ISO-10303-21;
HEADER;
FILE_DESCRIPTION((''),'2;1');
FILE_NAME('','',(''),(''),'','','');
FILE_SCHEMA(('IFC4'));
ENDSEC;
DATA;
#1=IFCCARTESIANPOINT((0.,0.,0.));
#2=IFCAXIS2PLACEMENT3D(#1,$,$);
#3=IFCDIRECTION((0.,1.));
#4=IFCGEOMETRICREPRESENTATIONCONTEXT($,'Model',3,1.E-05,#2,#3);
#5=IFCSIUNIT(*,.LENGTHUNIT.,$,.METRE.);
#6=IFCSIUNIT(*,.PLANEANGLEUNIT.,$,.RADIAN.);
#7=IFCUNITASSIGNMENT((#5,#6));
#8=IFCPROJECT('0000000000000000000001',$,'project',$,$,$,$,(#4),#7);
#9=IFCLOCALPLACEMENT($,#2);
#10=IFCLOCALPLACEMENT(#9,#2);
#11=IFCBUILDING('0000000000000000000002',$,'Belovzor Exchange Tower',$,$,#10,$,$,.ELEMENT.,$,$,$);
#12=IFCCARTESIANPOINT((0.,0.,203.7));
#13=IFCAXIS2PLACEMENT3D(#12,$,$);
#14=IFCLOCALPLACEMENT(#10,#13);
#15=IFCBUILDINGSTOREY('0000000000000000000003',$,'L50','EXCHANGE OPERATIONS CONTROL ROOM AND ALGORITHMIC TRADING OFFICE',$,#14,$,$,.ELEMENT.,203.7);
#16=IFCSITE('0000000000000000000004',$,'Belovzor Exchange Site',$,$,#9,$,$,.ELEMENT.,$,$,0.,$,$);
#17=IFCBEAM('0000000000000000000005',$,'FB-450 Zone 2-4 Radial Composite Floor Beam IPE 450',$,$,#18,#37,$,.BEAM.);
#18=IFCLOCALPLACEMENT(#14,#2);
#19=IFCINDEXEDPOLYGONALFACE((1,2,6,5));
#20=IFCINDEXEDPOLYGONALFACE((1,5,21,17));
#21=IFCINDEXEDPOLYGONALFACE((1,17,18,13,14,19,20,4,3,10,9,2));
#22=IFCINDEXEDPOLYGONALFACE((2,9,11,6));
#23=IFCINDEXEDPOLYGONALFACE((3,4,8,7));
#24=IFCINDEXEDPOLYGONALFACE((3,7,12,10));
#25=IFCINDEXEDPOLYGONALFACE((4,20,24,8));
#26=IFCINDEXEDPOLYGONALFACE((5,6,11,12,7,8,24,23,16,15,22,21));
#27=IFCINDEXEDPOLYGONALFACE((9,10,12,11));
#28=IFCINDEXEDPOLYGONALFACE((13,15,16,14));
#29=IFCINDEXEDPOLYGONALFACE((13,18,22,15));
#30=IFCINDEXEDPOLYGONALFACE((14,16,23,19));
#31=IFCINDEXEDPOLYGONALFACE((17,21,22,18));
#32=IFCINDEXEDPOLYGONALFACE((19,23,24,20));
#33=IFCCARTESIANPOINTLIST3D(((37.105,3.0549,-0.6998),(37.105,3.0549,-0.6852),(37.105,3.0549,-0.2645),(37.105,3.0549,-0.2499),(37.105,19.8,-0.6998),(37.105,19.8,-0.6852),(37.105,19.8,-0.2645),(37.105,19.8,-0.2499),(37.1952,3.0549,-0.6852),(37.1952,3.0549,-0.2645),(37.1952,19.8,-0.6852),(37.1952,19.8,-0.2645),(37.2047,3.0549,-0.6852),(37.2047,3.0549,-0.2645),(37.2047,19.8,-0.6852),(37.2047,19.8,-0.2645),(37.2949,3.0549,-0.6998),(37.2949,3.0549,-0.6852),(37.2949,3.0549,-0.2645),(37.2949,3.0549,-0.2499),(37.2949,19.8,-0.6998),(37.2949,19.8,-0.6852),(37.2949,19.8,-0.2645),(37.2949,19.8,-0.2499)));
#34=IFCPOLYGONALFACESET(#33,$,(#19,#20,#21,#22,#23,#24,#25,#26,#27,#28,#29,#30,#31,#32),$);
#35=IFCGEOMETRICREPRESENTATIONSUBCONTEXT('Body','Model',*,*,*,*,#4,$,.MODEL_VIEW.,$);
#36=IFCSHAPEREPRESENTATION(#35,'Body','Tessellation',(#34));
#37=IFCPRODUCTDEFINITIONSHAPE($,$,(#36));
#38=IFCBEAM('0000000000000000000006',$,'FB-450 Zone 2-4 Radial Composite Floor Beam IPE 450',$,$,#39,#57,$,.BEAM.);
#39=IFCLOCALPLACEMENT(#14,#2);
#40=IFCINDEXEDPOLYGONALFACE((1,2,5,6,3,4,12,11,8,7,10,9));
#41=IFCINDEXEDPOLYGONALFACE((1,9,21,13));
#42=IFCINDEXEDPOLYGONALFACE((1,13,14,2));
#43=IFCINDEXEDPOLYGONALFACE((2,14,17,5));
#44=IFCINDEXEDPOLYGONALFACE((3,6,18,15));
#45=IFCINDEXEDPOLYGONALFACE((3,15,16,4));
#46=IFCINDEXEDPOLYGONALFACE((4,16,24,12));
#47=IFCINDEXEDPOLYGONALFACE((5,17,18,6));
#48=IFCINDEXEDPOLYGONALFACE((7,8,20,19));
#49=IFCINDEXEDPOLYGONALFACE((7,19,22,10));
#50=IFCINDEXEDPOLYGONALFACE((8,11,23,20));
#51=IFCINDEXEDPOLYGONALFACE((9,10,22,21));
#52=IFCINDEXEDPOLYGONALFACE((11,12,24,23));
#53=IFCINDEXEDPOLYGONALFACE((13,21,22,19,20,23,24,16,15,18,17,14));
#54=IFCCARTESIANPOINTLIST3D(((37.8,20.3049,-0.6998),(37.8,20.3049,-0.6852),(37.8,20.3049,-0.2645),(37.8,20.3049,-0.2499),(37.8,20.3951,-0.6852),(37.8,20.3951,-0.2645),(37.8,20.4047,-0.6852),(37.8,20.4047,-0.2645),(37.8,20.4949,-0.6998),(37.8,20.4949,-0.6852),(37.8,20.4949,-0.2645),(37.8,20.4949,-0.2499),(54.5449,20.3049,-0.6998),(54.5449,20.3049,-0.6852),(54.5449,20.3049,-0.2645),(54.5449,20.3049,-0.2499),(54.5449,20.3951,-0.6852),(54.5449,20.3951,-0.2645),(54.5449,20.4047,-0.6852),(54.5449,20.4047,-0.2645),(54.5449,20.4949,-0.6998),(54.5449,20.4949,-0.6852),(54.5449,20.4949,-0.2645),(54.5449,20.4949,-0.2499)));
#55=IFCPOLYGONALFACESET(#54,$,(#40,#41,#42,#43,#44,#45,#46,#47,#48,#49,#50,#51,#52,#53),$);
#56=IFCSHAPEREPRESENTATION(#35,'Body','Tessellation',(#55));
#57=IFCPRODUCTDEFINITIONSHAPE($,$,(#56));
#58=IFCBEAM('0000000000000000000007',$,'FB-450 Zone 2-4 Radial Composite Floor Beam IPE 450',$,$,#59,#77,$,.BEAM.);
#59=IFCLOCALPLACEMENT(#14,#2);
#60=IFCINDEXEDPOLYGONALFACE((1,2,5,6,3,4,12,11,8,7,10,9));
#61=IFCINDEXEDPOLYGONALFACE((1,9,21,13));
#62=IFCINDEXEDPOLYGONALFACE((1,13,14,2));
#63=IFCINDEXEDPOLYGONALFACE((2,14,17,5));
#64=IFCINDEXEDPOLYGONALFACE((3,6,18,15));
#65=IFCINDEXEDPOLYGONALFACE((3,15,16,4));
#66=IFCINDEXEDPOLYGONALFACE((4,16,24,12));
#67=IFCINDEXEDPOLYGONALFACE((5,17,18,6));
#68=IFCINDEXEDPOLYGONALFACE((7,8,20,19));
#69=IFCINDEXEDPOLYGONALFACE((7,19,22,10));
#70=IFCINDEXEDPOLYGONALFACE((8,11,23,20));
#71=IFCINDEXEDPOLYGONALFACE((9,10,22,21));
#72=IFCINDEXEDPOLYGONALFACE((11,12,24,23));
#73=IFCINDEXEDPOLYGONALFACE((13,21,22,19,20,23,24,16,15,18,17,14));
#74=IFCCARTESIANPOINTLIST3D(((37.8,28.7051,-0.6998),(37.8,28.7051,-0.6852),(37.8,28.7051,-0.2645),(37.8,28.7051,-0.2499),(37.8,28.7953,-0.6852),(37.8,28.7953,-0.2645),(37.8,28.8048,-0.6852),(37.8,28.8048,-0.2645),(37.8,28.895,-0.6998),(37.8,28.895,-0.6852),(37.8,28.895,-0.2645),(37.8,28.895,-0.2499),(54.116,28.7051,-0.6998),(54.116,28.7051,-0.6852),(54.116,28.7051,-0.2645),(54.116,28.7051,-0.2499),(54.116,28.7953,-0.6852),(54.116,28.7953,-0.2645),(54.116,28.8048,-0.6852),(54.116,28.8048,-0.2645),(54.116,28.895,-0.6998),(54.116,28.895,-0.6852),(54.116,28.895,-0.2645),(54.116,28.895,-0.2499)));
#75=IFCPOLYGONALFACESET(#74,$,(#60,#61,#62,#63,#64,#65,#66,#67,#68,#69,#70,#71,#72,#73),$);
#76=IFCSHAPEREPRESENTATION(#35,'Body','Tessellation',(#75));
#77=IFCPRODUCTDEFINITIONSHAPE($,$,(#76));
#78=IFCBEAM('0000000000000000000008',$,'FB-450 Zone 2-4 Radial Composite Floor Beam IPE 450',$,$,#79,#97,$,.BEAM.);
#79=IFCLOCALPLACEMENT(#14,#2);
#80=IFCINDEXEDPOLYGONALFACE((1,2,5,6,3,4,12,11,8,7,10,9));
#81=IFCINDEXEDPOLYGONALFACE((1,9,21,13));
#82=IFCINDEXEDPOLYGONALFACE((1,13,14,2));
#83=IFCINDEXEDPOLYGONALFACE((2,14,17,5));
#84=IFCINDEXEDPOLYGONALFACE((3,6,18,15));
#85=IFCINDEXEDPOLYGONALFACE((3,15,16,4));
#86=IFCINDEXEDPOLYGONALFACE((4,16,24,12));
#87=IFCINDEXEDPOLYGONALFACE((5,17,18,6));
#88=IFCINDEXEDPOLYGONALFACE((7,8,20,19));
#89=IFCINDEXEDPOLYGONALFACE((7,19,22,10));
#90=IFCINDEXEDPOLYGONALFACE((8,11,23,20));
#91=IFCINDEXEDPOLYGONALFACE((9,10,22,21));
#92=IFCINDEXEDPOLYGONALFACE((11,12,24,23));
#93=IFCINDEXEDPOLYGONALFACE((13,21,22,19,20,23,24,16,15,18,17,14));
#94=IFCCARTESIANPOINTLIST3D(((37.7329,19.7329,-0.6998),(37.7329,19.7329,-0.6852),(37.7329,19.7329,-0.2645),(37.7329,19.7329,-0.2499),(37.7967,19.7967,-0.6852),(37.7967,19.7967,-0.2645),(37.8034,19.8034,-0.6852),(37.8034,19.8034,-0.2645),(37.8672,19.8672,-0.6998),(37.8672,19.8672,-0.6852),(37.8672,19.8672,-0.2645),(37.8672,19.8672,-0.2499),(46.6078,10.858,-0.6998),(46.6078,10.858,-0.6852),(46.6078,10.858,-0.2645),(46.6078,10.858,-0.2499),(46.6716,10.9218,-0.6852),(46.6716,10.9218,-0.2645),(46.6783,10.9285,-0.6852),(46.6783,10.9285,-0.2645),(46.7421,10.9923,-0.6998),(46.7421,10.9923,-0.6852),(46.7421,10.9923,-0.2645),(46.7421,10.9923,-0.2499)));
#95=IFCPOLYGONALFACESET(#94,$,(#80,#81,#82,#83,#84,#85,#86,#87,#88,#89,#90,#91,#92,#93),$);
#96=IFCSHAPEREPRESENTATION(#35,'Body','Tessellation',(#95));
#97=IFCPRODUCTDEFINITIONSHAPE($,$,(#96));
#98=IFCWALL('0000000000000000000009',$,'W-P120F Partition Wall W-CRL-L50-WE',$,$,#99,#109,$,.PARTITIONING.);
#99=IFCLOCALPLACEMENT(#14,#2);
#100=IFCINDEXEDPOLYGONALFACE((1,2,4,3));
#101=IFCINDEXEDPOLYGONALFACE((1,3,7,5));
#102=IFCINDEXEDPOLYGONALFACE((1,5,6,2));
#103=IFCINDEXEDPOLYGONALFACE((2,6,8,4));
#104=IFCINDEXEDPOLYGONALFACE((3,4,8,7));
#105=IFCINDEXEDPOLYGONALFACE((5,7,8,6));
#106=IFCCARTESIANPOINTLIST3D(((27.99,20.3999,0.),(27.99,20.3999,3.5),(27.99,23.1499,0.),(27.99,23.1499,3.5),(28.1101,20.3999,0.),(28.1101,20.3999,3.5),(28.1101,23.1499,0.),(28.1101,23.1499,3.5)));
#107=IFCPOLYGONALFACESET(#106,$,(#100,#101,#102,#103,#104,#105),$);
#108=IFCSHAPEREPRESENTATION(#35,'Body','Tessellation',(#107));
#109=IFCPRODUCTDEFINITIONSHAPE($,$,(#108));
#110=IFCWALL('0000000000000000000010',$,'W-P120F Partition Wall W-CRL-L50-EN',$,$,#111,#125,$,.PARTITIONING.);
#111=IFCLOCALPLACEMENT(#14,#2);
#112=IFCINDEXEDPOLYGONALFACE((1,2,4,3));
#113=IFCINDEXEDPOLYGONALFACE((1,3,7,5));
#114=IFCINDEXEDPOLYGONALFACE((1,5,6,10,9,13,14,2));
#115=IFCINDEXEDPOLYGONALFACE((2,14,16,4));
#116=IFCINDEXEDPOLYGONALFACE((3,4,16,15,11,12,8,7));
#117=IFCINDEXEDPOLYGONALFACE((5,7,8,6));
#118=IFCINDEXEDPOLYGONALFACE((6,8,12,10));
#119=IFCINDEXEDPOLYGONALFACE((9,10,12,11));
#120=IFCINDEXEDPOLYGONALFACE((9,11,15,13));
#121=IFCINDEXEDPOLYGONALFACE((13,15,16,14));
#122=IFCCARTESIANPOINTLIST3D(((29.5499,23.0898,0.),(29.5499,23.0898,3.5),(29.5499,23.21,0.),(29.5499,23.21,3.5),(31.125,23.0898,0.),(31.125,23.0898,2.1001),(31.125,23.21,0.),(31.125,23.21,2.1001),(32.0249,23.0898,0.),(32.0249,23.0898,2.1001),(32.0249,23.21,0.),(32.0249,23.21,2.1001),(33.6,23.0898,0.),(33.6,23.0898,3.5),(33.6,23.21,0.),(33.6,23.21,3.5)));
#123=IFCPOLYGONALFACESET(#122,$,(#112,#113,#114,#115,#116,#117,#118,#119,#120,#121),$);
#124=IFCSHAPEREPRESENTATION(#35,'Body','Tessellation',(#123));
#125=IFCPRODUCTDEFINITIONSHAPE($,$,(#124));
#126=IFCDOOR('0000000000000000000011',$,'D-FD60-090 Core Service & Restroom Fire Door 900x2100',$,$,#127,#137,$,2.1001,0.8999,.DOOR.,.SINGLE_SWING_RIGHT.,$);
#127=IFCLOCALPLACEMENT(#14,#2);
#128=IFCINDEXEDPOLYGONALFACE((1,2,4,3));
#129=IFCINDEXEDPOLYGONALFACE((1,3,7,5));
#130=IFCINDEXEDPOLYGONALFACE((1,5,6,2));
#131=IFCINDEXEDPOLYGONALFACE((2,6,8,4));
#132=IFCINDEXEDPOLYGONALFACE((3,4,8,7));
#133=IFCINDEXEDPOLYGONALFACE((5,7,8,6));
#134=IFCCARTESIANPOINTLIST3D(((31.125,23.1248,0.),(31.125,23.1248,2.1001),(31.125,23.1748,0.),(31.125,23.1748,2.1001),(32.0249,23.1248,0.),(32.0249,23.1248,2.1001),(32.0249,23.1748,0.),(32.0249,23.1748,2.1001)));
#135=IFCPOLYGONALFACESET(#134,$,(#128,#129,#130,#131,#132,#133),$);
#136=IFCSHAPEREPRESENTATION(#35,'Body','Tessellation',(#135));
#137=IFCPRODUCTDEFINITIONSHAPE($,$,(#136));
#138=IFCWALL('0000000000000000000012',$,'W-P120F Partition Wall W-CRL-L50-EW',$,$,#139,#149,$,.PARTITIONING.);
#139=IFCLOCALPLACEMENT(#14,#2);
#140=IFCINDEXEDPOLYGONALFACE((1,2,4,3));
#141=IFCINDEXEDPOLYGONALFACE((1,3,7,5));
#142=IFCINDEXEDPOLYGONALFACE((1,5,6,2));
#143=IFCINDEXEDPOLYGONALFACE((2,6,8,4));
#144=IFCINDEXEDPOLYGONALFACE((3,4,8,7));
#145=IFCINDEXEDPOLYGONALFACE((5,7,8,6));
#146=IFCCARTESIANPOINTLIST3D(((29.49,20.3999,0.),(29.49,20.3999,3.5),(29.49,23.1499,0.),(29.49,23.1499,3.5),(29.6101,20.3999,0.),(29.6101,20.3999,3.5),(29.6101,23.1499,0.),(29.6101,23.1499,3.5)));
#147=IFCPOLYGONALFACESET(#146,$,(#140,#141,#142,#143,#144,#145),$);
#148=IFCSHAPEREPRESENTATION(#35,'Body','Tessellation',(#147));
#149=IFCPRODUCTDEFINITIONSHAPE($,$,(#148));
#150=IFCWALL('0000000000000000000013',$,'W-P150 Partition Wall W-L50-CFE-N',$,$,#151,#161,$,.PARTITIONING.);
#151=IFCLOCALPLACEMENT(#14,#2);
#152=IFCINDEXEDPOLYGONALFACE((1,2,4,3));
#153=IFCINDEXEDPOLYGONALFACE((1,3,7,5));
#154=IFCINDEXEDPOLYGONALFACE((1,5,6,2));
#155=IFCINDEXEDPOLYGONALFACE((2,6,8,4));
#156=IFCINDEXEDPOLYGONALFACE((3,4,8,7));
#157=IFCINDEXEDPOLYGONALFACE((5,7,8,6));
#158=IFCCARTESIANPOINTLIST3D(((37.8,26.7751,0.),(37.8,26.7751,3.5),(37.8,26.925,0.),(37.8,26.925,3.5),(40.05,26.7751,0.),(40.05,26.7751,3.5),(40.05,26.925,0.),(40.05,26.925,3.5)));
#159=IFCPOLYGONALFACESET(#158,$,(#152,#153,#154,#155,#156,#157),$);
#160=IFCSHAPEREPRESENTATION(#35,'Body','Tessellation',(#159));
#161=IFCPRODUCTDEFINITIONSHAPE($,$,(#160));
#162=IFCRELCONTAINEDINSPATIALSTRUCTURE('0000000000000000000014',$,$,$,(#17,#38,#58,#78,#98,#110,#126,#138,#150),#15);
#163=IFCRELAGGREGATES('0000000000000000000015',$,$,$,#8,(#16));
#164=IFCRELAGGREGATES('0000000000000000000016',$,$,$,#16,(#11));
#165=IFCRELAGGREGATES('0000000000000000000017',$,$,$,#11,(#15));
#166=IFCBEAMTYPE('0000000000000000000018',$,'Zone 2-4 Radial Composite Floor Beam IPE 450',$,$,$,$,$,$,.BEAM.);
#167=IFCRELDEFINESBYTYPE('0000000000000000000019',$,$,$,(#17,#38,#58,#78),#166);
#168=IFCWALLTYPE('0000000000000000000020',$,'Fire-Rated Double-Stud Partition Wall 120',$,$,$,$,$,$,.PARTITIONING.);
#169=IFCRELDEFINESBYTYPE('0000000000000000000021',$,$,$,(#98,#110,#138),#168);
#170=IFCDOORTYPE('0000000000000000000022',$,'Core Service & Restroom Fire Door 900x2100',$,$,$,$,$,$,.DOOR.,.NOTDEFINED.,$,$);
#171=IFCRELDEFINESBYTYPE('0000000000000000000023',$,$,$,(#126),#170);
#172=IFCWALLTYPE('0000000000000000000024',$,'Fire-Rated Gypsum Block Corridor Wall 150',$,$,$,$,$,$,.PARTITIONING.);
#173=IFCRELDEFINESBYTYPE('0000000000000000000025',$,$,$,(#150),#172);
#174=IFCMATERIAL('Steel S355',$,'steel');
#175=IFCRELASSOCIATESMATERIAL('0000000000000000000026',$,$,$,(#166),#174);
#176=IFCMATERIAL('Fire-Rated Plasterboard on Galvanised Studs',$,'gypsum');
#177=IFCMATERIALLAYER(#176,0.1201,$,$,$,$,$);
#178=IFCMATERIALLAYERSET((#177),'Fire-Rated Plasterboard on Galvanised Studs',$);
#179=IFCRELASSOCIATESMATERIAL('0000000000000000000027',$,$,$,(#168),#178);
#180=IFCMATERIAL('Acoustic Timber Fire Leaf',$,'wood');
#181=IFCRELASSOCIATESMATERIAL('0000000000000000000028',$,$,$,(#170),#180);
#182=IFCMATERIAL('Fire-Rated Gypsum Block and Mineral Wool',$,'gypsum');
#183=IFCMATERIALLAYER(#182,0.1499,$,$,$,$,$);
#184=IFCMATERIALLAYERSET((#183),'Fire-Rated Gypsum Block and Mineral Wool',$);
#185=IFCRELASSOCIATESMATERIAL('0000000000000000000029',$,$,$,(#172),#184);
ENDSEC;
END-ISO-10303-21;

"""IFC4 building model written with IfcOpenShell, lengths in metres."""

from ifc_helpers import new_model, si_unit, direction, frame, frame_2d, origin, origin_2d, place, context, subcontext, project, spatial, rectangle, i_section, extrude, material, layer, layer_set, material_profile, profile_set, type_object, element, fill, save


model = new_model("IFC4")

# Units and contexts
model_context = context("Model", 3, precision=1e-05, world=origin(), true_north=direction((0.0, 1.0)))
body_context = subcontext(model_context, "Body", "Model", "MODEL_VIEW")
ifc_project = project(units=[si_unit("LENGTHUNIT", "METRE"), si_unit("PLANEANGLEUNIT", "RADIAN")], contexts=[model_context])

# Site, building, storey
site_placement = place(None, origin())
site = spatial("IfcSite", under=ifc_project, at=site_placement, Name="Belovzor Exchange Site", CompositionType="ELEMENT", RefElevation=0.0)
building_placement = place(site_placement, origin())
building = spatial("IfcBuilding", under=site, at=building_placement, Name="Belovzor Exchange Tower", CompositionType="ELEMENT")
storey_placement = place(building_placement, frame((0.0, 0.0, 203.7)))
storey = spatial("IfcBuildingStorey", under=building, at=storey_placement, Name="L50", Description="EXCHANGE OPERATIONS CONTROL ROOM AND ALGORITHMIC TRADING OFFICE", CompositionType="ELEMENT", Elevation=203.7)

# Beams
ifc_material_1 = material(Name="Steel S355", Category="steel")
ifc_material_profile = material_profile(ifc_material_1, i_section(OverallWidth=0.1899, OverallDepth=0.45, WebThickness=0.0095, FlangeThickness=0.0146, at=origin_2d()))
ifc_profile_set = profile_set([ifc_material_profile], Name="Steel S355")
beam_type = type_object("IfcBeamType", Name="Zone 2-4 Radial Composite Floor Beam IPE 450", PredefinedType="BEAM", material=ifc_profile_set)
beam_1_placement = place(storey_placement, frame((37.2, 19.8, -0.4749), z_axis=(0.0, -1.0, 0.0), x_axis=(1.0, 0.0, 0.0)))
element("IfcBeam", 1, at=beam_1_placement, inside=storey, type_object=beam_type, Name="FB-450 Zone 2-4 Radial Composite Floor Beam IPE 450", PredefinedType="BEAM", context=body_context, shape_type="SweptSolid", body=[
    extrude(i_section(OverallWidth=0.1899, OverallDepth=0.45, WebThickness=0.0095, FlangeThickness=0.0146, at=origin_2d()), origin(), (0.0, 0.0, 1.0), 16.7451),
])
beam_2_placement = place(storey_placement, frame((37.8, 20.3999, -0.4749), z_axis=(1.0, 0.0, 0.0), x_axis=(0.0, 1.0, 0.0)))
element("IfcBeam", 2, at=beam_2_placement, inside=storey, type_object=beam_type, Name="FB-450 Zone 2-4 Radial Composite Floor Beam IPE 450", PredefinedType="BEAM", context=body_context, shape_type="SweptSolid", body=[
    extrude(i_section(OverallWidth=0.1899, OverallDepth=0.45, WebThickness=0.0095, FlangeThickness=0.0146, at=origin_2d()), origin(), (0.0, 0.0, 1.0), 16.7449),
])
beam_3_placement = place(storey_placement, frame((37.8, 28.8, -0.4749), z_axis=(1.0, 0.0, 0.0), x_axis=(0.0, 1.0, 0.0)))
element("IfcBeam", 3, at=beam_3_placement, inside=storey, type_object=beam_type, Name="FB-450 Zone 2-4 Radial Composite Floor Beam IPE 450", PredefinedType="BEAM", context=body_context, shape_type="SweptSolid", body=[
    extrude(i_section(OverallWidth=0.1899, OverallDepth=0.45, WebThickness=0.0095, FlangeThickness=0.0146, at=origin_2d()), origin(), (0.0, 0.0, 1.0), 16.3159),
])
beam_4_placement = place(storey_placement, frame((37.8, 19.8, -0.4749), z_axis=(0.707107, -0.707107, 0.0), x_axis=(0.707107, 0.707107, 0.0)))
element("IfcBeam", 4, at=beam_4_placement, inside=storey, type_object=beam_type, Name="FB-450 Zone 2-4 Radial Composite Floor Beam IPE 450", PredefinedType="BEAM", context=body_context, shape_type="SweptSolid", body=[
    extrude(i_section(OverallWidth=0.1899, OverallDepth=0.45, WebThickness=0.0095, FlangeThickness=0.0146, at=origin_2d()), origin(), (0.0, 0.0, 1.0), 12.551),
])

# Wall
ifc_material_2 = material(Name="Fire-Rated Plasterboard on Galvanised Studs", Category="gypsum")
ifc_layer_1 = layer(ifc_material_2, 0.1201)
ifc_layer_set_1 = layer_set([ifc_layer_1], Name="Fire-Rated Plasterboard on Galvanised Studs")
wall_type_1 = type_object("IfcWallType", Name="Fire-Rated Double-Stud Partition Wall 120", PredefinedType="PARTITIONING", material=ifc_layer_set_1)
wall_1_placement = place(storey_placement, frame((28.05, 20.3999, 0.0), z_axis=(0.0, 0.0, 1.0), x_axis=(0.0, 1.0, 0.0)))
element("IfcWall", 5, at=wall_1_placement, inside=storey, type_object=wall_type_1, Name="W-P120F Partition Wall W-CRL-L50-WE", PredefinedType="PARTITIONING", context=body_context, shape_type="SweptSolid", body=[
    extrude(rectangle(XDim=2.75, YDim=0.1201, at=frame_2d((1.375, 0.0))), origin(), (0.0, 0.0, 1.0), 3.5),
])

# Wall, opening, door
wall_2_placement = place(storey_placement, frame((29.55, 23.1499, 0.0), z_axis=(0.0, 0.0, 1.0), x_axis=(1.0, 0.0, 0.0)))
wall_2 = element("IfcWall", 6, at=wall_2_placement, inside=storey, type_object=wall_type_1, Name="W-P120F Partition Wall W-CRL-L50-EN", PredefinedType="PARTITIONING", context=body_context, shape_type="SweptSolid", body=[
    extrude(rectangle(XDim=4.05, YDim=0.1201, at=frame_2d((2.0249, 0.0))), origin(), (0.0, 0.0, 1.0), 3.5),
])
opening_1_placement = place(wall_2_placement, frame((1.575, 0.0, 0.0)))
opening_1 = element("IfcOpeningElement", 7, at=opening_1_placement, cuts=wall_2, PredefinedType="OPENING", context=body_context, shape_type="SweptSolid", body=[
    extrude(rectangle(XDim=0.8999, YDim=2.1001, at=frame_2d((0.45, 1.05))), frame((0.0, 0.0701, 0.0), z_axis=(0.0, -1.0, 0.0), x_axis=(1.0, 0.0, 0.0)), (0.0, 0.0, 1.0), 0.1401),
])
ifc_material_3 = material(Name="Acoustic Timber Fire Leaf", Category="wood")
door_type_1 = type_object("IfcDoorType", Name="Core Service & Restroom Fire Door 900x2100", OperationType="NOTDEFINED", PredefinedType="DOOR", material=ifc_material_3)
door_1_placement = place(opening_1_placement, origin())
door_1 = element("IfcDoor", 8, at=door_1_placement, inside=storey, type_object=door_type_1, Name="D-FD60-090 Core Service & Restroom Fire Door 900x2100", OperationType="SINGLE_SWING_RIGHT", OverallHeight=2.1001, OverallWidth=0.8999, PredefinedType="DOOR", context=body_context, shape_type="SweptSolid", body=[
    extrude(rectangle(XDim=0.8999, YDim=2.1001, at=frame_2d((0.45, 1.05))), frame((0.0, 0.0249, 0.0), z_axis=(0.0, -1.0, 0.0), x_axis=(1.0, 0.0, 0.0)), (0.0, 0.0, 1.0), 0.05),
])
fill(opening_1, door_1)

# Walls
wall_3_placement = place(storey_placement, frame((29.55, 20.3999, 0.0), z_axis=(0.0, 0.0, 1.0), x_axis=(0.0, 1.0, 0.0)))
element("IfcWall", 9, at=wall_3_placement, inside=storey, type_object=wall_type_1, Name="W-P120F Partition Wall W-CRL-L50-EW", PredefinedType="PARTITIONING", context=body_context, shape_type="SweptSolid", body=[
    extrude(rectangle(XDim=2.75, YDim=0.1201, at=frame_2d((1.375, 0.0))), origin(), (0.0, 0.0, 1.0), 3.5),
])
ifc_material_4 = material(Name="Fire-Rated Gypsum Block and Mineral Wool", Category="gypsum")
ifc_layer_2 = layer(ifc_material_4, 0.1499)
ifc_layer_set_2 = layer_set([ifc_layer_2], Name="Fire-Rated Gypsum Block and Mineral Wool")
wall_type_2 = type_object("IfcWallType", Name="Fire-Rated Gypsum Block Corridor Wall 150", PredefinedType="PARTITIONING", material=ifc_layer_set_2)
wall_4_placement = place(storey_placement, frame((37.8, 26.8501, 0.0), z_axis=(0.0, 0.0, 1.0), x_axis=(1.0, 0.0, 0.0)))
element("IfcWall", 10, at=wall_4_placement, inside=storey, type_object=wall_type_2, Name="W-P150 Partition Wall W-L50-CFE-N", PredefinedType="PARTITIONING", context=body_context, shape_type="SweptSolid", body=[
    extrude(rectangle(XDim=2.25, YDim=0.1499, at=frame_2d((1.125, 0.0))), origin(), (0.0, 0.0, 1.0), 3.5),
])

save(model, "model.ifc")
